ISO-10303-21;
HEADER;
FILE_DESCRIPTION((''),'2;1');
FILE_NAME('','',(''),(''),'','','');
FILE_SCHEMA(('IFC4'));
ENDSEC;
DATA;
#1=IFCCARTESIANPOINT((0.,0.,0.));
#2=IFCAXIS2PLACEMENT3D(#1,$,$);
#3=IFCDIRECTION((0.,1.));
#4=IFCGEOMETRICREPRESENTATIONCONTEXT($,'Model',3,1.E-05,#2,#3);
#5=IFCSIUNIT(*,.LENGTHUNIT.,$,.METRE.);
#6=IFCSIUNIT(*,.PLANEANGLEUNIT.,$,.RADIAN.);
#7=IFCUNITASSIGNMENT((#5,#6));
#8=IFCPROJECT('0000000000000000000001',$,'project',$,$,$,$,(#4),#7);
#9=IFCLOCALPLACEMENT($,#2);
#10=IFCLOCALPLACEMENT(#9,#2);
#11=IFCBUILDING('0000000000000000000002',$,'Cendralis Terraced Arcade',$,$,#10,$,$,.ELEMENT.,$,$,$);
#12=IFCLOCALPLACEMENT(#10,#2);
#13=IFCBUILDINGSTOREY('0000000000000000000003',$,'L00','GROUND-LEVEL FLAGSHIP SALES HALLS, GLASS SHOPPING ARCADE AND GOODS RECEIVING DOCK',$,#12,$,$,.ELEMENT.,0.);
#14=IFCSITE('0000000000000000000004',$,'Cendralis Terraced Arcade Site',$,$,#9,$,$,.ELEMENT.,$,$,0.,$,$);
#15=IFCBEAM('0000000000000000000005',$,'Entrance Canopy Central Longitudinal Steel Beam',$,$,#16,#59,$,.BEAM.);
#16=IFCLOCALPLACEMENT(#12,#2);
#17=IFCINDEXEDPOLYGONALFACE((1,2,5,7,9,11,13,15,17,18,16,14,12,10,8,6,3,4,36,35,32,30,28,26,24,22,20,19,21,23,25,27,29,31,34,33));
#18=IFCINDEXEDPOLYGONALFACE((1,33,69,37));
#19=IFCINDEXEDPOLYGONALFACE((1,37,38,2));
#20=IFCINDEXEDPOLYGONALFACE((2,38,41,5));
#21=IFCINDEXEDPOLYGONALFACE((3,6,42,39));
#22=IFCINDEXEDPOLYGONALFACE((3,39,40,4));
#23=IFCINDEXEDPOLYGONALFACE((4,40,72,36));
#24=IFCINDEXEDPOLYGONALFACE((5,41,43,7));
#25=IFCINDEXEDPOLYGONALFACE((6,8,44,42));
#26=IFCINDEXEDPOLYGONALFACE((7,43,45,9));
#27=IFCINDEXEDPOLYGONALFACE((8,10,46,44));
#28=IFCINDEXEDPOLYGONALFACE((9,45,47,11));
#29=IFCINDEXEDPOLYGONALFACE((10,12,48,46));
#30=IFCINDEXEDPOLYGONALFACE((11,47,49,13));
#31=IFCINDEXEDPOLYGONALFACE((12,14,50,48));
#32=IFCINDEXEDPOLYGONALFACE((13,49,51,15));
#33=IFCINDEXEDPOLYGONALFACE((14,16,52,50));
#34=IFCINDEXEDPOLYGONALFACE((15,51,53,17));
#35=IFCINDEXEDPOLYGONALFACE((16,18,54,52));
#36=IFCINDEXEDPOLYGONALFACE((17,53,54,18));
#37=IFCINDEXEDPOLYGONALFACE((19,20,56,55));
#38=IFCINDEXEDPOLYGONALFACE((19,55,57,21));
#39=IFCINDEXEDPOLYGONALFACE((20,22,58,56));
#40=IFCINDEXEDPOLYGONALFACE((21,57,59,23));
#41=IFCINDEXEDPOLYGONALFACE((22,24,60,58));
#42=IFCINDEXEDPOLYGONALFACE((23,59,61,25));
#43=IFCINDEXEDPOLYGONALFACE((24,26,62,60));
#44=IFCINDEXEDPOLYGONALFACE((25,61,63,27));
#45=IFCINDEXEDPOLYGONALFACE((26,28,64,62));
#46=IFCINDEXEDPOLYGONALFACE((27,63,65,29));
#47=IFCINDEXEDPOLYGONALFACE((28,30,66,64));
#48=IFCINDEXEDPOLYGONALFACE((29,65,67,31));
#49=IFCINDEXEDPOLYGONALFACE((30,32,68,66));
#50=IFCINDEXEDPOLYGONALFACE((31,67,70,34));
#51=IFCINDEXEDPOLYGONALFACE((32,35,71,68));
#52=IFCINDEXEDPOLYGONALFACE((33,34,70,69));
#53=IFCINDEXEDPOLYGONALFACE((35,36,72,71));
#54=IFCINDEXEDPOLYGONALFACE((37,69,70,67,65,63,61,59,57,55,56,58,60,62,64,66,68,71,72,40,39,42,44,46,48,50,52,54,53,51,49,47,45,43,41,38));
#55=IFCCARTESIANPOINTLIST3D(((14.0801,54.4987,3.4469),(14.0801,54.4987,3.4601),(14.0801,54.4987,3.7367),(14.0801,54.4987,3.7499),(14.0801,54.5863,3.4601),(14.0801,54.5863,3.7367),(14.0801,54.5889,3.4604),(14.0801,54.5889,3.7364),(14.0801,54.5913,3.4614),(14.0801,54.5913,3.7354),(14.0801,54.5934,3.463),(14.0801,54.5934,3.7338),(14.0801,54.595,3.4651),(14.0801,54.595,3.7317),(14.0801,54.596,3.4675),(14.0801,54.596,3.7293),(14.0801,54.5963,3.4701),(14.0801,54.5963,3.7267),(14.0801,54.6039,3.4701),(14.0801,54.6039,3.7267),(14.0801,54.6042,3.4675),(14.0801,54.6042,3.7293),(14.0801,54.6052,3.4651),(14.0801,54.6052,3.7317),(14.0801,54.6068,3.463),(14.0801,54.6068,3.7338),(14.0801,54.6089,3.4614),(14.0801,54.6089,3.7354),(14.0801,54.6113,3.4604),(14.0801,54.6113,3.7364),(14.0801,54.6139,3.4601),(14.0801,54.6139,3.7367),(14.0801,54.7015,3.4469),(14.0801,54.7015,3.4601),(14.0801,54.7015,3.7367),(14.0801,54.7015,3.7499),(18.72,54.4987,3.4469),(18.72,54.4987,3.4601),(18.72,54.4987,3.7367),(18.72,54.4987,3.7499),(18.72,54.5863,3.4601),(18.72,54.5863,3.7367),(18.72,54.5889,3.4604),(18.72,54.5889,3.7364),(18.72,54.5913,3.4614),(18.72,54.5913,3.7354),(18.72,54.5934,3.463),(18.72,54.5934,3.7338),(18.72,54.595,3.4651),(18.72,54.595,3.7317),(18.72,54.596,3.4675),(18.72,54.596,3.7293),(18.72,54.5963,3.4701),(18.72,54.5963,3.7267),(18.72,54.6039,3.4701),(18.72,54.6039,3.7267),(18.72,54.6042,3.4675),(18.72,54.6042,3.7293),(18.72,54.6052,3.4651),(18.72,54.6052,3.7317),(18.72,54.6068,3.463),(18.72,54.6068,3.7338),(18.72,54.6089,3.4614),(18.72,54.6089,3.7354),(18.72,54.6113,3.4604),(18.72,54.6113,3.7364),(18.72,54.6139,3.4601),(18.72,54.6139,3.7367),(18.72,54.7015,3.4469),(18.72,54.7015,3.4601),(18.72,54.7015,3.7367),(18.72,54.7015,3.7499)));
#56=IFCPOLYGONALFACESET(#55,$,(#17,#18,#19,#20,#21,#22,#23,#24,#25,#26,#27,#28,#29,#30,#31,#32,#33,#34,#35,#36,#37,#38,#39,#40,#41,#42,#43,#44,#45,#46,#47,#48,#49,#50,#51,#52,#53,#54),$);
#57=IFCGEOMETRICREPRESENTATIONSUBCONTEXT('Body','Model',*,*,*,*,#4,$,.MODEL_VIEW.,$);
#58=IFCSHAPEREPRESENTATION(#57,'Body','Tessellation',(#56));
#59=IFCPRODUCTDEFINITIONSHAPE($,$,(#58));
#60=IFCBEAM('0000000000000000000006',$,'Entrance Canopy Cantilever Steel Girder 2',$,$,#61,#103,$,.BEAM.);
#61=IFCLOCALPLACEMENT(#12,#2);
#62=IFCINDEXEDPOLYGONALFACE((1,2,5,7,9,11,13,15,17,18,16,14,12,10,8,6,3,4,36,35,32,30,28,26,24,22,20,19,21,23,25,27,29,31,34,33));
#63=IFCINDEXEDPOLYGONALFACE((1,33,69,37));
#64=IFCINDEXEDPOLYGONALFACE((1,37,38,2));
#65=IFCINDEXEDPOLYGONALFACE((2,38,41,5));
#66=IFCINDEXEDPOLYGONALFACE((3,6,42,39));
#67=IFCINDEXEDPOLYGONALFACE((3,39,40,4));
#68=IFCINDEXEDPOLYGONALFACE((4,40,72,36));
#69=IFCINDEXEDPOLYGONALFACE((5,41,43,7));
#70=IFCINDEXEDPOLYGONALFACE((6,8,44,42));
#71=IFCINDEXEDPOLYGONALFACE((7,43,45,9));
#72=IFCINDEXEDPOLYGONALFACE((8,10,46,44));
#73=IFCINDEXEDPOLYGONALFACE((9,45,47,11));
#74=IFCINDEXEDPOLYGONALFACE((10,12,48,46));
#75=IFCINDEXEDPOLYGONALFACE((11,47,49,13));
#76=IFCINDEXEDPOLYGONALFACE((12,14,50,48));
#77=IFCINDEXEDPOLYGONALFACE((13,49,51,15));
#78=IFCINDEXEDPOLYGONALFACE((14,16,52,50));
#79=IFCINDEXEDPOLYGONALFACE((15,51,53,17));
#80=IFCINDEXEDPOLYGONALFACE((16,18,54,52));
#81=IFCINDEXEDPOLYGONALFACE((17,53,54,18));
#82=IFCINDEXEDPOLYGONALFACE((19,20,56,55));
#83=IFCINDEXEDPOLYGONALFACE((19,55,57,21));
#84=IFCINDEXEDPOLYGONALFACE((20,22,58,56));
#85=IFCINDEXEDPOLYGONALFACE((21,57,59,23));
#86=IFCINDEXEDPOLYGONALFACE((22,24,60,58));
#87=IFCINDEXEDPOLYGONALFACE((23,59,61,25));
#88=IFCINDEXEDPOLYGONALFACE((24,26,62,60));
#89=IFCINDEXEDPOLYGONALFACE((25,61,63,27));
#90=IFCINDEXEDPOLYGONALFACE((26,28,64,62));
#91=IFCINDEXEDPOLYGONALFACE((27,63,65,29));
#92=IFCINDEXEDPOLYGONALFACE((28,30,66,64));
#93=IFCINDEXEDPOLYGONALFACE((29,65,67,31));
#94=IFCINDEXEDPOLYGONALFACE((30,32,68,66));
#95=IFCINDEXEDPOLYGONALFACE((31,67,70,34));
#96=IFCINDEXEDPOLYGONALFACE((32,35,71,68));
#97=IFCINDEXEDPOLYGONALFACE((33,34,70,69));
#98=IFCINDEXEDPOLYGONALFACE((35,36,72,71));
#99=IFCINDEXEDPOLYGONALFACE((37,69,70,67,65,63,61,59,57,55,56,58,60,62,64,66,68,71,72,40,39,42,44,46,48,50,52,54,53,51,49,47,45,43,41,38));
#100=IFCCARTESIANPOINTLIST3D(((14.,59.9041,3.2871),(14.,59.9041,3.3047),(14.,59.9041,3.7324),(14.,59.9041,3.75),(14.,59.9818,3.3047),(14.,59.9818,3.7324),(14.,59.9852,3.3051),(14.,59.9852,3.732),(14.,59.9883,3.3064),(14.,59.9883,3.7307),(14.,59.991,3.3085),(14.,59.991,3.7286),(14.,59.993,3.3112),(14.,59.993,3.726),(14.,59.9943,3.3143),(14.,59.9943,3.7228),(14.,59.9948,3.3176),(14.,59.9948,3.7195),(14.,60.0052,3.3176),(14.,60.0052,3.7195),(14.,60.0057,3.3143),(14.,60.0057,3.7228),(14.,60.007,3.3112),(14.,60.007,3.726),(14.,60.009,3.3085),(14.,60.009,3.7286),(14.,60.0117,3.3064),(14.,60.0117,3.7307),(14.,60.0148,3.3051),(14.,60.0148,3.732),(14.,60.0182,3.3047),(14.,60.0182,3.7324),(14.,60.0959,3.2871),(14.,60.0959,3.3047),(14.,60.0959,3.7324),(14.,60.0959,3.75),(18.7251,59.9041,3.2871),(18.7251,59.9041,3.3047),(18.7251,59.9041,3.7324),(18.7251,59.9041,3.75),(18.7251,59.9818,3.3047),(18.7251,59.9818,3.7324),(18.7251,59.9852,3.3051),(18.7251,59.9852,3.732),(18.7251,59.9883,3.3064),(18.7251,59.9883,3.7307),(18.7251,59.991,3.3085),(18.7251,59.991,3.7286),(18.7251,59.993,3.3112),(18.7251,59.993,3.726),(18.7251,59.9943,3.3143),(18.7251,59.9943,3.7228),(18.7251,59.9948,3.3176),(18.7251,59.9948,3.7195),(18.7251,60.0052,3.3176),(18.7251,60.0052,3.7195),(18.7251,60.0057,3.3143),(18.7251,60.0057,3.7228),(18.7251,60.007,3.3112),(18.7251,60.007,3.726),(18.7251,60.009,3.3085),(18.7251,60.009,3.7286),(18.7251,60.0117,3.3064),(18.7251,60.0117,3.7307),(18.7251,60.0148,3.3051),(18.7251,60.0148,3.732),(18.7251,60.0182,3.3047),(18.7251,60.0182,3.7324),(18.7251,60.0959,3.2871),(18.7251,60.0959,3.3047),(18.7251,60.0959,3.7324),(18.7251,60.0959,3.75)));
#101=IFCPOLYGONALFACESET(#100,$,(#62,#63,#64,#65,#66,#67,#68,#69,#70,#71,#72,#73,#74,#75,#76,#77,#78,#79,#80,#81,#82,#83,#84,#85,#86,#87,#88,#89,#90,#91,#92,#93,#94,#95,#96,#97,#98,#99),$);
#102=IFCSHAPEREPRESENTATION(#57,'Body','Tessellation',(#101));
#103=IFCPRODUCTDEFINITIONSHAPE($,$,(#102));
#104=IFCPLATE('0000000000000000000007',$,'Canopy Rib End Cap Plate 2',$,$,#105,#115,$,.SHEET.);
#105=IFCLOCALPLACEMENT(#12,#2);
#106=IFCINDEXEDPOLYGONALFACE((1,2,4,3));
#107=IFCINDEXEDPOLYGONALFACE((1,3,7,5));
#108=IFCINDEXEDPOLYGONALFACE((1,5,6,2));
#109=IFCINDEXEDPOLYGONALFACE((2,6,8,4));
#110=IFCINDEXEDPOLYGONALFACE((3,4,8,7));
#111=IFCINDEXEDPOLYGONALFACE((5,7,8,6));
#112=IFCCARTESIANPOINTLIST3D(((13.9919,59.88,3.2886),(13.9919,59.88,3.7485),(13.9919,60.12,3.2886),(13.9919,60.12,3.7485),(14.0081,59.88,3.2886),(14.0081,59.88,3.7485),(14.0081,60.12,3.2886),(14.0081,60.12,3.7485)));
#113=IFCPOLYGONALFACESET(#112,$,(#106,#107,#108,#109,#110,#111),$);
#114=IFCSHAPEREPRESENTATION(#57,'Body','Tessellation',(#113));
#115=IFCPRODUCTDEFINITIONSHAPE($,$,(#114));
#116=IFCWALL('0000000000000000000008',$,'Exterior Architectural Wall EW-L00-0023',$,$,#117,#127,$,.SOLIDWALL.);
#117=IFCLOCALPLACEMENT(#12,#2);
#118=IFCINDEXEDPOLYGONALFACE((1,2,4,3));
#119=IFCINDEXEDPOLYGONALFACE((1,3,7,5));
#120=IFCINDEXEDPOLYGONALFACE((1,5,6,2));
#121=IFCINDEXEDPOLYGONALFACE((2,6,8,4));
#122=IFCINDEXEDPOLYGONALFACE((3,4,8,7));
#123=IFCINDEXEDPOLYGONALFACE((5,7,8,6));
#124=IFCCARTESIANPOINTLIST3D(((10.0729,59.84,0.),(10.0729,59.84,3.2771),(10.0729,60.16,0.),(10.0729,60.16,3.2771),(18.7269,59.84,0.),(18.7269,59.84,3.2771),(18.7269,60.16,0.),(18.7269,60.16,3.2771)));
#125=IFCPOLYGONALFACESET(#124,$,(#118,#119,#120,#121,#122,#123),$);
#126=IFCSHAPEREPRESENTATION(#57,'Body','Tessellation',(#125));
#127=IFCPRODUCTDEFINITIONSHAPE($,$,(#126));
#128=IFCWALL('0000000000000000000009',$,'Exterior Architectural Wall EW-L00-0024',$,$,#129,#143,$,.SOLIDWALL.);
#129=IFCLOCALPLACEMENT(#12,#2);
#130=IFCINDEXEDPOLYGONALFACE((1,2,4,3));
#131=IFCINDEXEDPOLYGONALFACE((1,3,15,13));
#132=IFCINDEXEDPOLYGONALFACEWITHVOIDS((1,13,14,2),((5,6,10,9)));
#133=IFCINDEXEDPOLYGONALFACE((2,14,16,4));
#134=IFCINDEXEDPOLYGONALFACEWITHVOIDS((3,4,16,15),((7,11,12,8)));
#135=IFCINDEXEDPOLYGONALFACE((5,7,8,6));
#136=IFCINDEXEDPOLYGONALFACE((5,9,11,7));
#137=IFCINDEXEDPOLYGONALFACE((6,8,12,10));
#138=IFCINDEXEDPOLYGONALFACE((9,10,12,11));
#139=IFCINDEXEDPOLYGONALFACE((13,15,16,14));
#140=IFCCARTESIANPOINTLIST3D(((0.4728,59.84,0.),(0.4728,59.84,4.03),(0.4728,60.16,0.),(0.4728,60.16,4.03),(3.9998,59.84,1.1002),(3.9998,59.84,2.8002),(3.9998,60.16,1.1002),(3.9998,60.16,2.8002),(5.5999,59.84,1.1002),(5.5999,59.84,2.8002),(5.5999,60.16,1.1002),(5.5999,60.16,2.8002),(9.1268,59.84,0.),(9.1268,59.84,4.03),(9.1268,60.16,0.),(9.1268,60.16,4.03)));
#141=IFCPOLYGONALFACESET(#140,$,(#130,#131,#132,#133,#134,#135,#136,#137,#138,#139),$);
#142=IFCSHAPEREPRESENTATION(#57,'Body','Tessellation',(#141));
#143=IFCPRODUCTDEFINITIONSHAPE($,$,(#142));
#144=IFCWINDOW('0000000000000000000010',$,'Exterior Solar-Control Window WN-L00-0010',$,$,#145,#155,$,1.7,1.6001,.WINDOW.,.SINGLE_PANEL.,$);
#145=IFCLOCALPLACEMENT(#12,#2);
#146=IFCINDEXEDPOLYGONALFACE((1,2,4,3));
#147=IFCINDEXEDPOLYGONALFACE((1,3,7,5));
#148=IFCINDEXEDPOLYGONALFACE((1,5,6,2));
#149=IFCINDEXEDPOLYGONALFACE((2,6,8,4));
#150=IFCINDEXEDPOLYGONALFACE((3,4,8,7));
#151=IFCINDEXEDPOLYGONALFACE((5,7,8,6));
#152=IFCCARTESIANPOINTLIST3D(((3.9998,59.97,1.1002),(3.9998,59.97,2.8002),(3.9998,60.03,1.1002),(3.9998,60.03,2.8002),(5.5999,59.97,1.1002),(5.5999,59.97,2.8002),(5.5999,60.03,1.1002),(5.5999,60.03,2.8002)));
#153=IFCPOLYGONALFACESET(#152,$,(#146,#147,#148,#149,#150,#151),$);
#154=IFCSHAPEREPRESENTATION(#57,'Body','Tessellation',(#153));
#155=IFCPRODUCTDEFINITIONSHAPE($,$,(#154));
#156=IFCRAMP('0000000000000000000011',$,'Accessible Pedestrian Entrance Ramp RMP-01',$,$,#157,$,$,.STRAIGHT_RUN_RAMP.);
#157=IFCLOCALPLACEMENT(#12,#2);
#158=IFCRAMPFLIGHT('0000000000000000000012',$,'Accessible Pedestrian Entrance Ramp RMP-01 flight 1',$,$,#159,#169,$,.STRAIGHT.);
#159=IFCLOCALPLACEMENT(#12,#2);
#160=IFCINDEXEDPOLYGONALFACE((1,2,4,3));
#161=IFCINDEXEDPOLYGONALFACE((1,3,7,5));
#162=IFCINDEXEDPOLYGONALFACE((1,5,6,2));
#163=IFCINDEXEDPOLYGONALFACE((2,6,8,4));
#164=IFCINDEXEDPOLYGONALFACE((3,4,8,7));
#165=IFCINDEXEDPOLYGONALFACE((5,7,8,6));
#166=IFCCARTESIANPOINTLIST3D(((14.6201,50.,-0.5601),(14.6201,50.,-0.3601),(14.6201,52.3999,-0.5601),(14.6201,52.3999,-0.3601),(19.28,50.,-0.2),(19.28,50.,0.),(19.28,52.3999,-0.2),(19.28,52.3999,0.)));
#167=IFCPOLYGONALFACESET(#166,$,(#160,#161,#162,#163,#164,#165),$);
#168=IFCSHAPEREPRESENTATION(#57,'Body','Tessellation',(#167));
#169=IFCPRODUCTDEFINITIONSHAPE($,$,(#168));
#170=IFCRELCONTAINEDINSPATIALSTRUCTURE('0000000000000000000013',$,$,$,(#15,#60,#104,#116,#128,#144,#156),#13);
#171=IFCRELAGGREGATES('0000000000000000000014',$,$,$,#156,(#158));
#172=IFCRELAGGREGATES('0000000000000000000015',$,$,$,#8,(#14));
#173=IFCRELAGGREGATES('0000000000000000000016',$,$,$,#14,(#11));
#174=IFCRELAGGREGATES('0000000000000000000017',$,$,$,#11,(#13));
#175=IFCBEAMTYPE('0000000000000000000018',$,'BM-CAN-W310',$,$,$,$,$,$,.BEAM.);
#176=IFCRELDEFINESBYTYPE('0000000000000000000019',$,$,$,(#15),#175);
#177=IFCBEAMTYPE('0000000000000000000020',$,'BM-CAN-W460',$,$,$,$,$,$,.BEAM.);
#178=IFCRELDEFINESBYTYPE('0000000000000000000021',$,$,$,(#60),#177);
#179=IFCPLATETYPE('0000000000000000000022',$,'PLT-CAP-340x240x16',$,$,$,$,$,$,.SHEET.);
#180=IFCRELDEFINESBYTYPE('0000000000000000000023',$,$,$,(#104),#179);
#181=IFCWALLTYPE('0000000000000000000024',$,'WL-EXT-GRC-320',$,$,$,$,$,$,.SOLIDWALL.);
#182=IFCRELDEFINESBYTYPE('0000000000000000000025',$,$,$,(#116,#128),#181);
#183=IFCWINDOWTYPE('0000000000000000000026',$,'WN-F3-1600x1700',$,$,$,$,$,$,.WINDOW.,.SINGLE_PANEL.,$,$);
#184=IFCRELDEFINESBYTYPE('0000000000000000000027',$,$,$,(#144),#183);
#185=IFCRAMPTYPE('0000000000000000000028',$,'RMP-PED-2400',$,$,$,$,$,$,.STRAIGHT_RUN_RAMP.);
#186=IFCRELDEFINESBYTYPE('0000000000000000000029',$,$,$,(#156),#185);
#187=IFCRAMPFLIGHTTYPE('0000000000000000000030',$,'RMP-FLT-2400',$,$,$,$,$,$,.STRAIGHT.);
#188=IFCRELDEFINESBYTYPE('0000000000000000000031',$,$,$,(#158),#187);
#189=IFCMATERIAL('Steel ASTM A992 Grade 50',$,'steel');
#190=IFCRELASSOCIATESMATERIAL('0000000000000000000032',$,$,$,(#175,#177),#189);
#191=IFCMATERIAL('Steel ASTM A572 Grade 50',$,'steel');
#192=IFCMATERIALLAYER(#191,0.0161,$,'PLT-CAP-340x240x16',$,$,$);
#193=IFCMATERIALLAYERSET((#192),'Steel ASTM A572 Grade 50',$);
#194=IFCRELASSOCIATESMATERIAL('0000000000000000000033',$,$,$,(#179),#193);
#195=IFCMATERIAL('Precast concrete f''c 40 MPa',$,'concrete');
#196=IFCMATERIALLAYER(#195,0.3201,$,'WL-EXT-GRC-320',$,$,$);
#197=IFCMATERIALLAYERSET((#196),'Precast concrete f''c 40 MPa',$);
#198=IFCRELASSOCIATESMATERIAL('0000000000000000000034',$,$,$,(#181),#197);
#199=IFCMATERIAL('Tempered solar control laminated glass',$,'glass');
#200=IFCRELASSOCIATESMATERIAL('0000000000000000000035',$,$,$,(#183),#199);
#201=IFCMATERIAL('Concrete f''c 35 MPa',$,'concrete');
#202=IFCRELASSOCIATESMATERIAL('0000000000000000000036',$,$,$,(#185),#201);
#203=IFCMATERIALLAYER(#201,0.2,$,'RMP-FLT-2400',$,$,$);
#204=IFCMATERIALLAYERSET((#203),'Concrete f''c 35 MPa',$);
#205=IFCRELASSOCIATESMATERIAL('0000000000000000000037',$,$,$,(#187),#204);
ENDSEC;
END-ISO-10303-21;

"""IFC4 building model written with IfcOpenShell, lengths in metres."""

from ifc_helpers import new_model, si_unit, direction, frame, frame_2d, origin, origin_2d, place, context, subcontext, project, spatial, polyline, rectangle, i_section, outline, extrude, material, layer, layer_set, material_profile, profile_set, type_object, element, fill, aggregate, save


model = new_model("IFC4")

# Units and contexts
model_context = context("Model", 3, precision=1e-05, world=origin(), true_north=direction((0.0, 1.0)))
body_context = subcontext(model_context, "Body", "Model", "MODEL_VIEW")
ifc_project = project(units=[si_unit("LENGTHUNIT", "METRE"), si_unit("PLANEANGLEUNIT", "RADIAN")], contexts=[model_context])

# Site, building, storey
site_placement = place(None, origin())
site = spatial("IfcSite", under=ifc_project, at=site_placement, Name="Cendralis Terraced Arcade Site", CompositionType="ELEMENT", RefElevation=0.0)
building_placement = place(site_placement, origin())
building = spatial("IfcBuilding", under=site, at=building_placement, Name="Cendralis Terraced Arcade", CompositionType="ELEMENT")
storey_placement = place(building_placement, origin())
storey = spatial("IfcBuildingStorey", under=building, at=storey_placement, Name="L00", Description="GROUND-LEVEL FLAGSHIP SALES HALLS, GLASS SHOPPING ARCADE AND GOODS RECEIVING DOCK", CompositionType="ELEMENT", Elevation=0.0)

# Shared definitions
ifc_material_1 = material(Name="Concrete f'c 35 MPa", Category="concrete")

# Beams
ifc_material_2 = material(Name="Steel ASTM A992 Grade 50", Category="steel")
ifc_material_profile_1 = material_profile(ifc_material_2, i_section(OverallWidth=0.2029, OverallDepth=0.303, WebThickness=0.0076, FlangeThickness=0.0132, FilletRadius=0.01, at=origin_2d()), Name="W310X60", Category="LoadBearing")
ifc_profile_set_1 = profile_set([ifc_material_profile_1], Name="Steel ASTM A992 Grade 50")
beam_type_1 = type_object("IfcBeamType", Name="BM-CAN-W310", PredefinedType="BEAM", material=ifc_profile_set_1)
beam_1_placement = place(storey_placement, frame((14.0801, 54.6001, 3.5984), z_axis=(1.0, 0.0, 0.0), x_axis=(0.0, 1.0, 0.0)))
element("IfcBeam", 1, at=beam_1_placement, inside=storey, type_object=beam_type_1, Name="Entrance Canopy Central Longitudinal Steel Beam", PredefinedType="BEAM", context=body_context, shape_type="SweptSolid", body=[
    extrude(i_section(OverallWidth=0.2029, OverallDepth=0.303, WebThickness=0.0076, FlangeThickness=0.0132, FilletRadius=0.01, at=origin_2d()), origin(), (0.0, 0.0, 1.0), 4.6399),
])
ifc_material_profile_2 = material_profile(ifc_material_2, i_section(OverallWidth=0.1919, OverallDepth=0.4629, WebThickness=0.0105, FlangeThickness=0.0176, FilletRadius=0.0129, at=origin_2d()), Name="W460X89", Category="LoadBearing")
ifc_profile_set_2 = profile_set([ifc_material_profile_2], Name="Steel ASTM A992 Grade 50")
beam_type_2 = type_object("IfcBeamType", Name="BM-CAN-W460", PredefinedType="BEAM", material=ifc_profile_set_2)
beam_2_placement = place(storey_placement, frame((18.7251, 60.0, 3.5186), z_axis=(-1.0, 0.0, 0.0), x_axis=(0.0, -1.0, 0.0)))
element("IfcBeam", 2, at=beam_2_placement, inside=storey, type_object=beam_type_2, Name="Entrance Canopy Cantilever Steel Girder 2", PredefinedType="BEAM", context=body_context, shape_type="SweptSolid", body=[
    extrude(i_section(OverallWidth=0.1919, OverallDepth=0.4629, WebThickness=0.0105, FlangeThickness=0.0176, FilletRadius=0.0129, at=origin_2d()), origin(), (0.0, 0.0, 1.0), 4.7251),
])

# Plate
ifc_material_3 = material(Name="Steel ASTM A572 Grade 50", Category="steel")
ifc_layer_1 = layer(ifc_material_3, 0.0161, Name="PLT-CAP-340x240x16")
ifc_layer_set_1 = layer_set([ifc_layer_1], Name="Steel ASTM A572 Grade 50")
plate_type = type_object("IfcPlateType", Name="PLT-CAP-340x240x16", PredefinedType="SHEET", material=ifc_layer_set_1)
plate_placement = place(storey_placement, frame((14.0, 60.0, 3.2886), z_axis=(0.0, 0.0, 1.0), x_axis=(1.0, 0.0, 0.0)))
element("IfcPlate", 3, at=plate_placement, inside=storey, type_object=plate_type, Name="Canopy Rib End Cap Plate 2", PredefinedType="SHEET", context=body_context, shape_type="SweptSolid", body=[
    extrude(rectangle(XDim=0.0161, YDim=0.24, at=origin_2d()), origin(), (0.0, 0.0, 1.0), 0.46),
])

# Wall
ifc_material_4 = material(Name="Precast concrete f'c 40 MPa", Category="concrete")
ifc_layer_2 = layer(ifc_material_4, 0.3201, Name="WL-EXT-GRC-320")
ifc_layer_set_2 = layer_set([ifc_layer_2], Name="Precast concrete f'c 40 MPa")
wall_type = type_object("IfcWallType", Name="WL-EXT-GRC-320", PredefinedType="SOLIDWALL", material=ifc_layer_set_2)
wall_1_placement = place(storey_placement, frame((18.7271, 60.0, 0.0), z_axis=(0.0, 0.0, 1.0), x_axis=(-1.0, 0.0, 0.0)))
element("IfcWall", 4, at=wall_1_placement, inside=storey, type_object=wall_type, Name="Exterior Architectural Wall EW-L00-0023", PredefinedType="SOLIDWALL", context=body_context, shape_type="SweptSolid", body=[
    extrude(rectangle(XDim=8.6541, YDim=0.3201, at=frame_2d((4.3271, 0.0))), origin(), (0.0, 0.0, 1.0), 3.2771),
])

# Wall, opening, window
wall_2_placement = place(storey_placement, frame((9.127, 60.0, 0.0), z_axis=(0.0, 0.0, 1.0), x_axis=(-1.0, 0.0, 0.0)))
wall_2 = element("IfcWall", 5, at=wall_2_placement, inside=storey, type_object=wall_type, Name="Exterior Architectural Wall EW-L00-0024", PredefinedType="SOLIDWALL", context=body_context, shape_type="SweptSolid", body=[
    extrude(rectangle(XDim=8.6541, YDim=0.3201, at=frame_2d((4.3271, 0.0))), origin(), (0.0, 0.0, 1.0), 4.03),
])
opening_placement = place(wall_2_placement, frame((3.5271, 0.0, 1.1001)))
opening = element("IfcOpeningElement", 6, at=opening_placement, cuts=wall_2, PredefinedType="OPENING", context=body_context, shape_type="SweptSolid", body=[
    extrude(rectangle(XDim=1.6001, YDim=1.7, at=frame_2d((0.8, 0.8501))), frame((0.0, 0.1719, 0.0), z_axis=(0.0, -1.0, 0.0), x_axis=(1.0, 0.0, 0.0)), (0.0, 0.0, 1.0), 0.344),
])
ifc_material_5 = material(Name="Tempered solar control laminated glass", Category="glass")
window_type = type_object("IfcWindowType", Name="WN-F3-1600x1700", PartitioningType="SINGLE_PANEL", PredefinedType="WINDOW", material=ifc_material_5)
window_placement = place(opening_placement, origin())
window = element("IfcWindow", 7, at=window_placement, inside=storey, type_object=window_type, Name="Exterior Solar-Control Window WN-L00-0010", OverallHeight=1.7, OverallWidth=1.6001, PartitioningType="SINGLE_PANEL", PredefinedType="WINDOW", context=body_context, shape_type="SweptSolid", body=[
    extrude(rectangle(XDim=1.6001, YDim=1.7, at=frame_2d((0.8, 0.8501))), frame((0.0, 0.03, 0.0), z_axis=(0.0, -1.0, 0.0), x_axis=(1.0, 0.0, 0.0)), (0.0, 0.0, 1.0), 0.0601),
])
fill(opening, window)

# Ramp, ramp flight
ramp_type = type_object("IfcRampType", Name="RMP-PED-2400", PredefinedType="STRAIGHT_RUN_RAMP", material=ifc_material_1)
ramp_placement = place(storey_placement, origin())
ramp = element("IfcRamp", 8, at=ramp_placement, inside=storey, type_object=ramp_type, Name="Accessible Pedestrian Entrance Ramp RMP-01", PredefinedType="STRAIGHT_RUN_RAMP")
ifc_layer_3 = layer(ifc_material_1, 0.2, Name="RMP-FLT-2400")
ifc_layer_set_3 = layer_set([ifc_layer_3], Name="Concrete f'c 35 MPa")
ramp_flight_type = type_object("IfcRampFlightType", Name="RMP-FLT-2400", PredefinedType="STRAIGHT", material=ifc_layer_set_3)
ramp_flight_placement = place(storey_placement, frame((14.6201, 51.2, -0.3601), z_axis=(0.0, 0.0, 1.0), x_axis=(1.0, 0.0, 0.0)))
ramp_flight = element("IfcRampFlight", 9, at=ramp_flight_placement, type_object=ramp_flight_type, Name="Accessible Pedestrian Entrance Ramp RMP-01 flight 1", PredefinedType="STRAIGHT", context=body_context, shape_type="SweptSolid", body=[
    extrude(outline(polyline([(0.0, -0.2), (4.6599, 0.1602), (4.6599, 0.3601), (0.0, 0.0), (0.0, -0.2)])), frame((0.0, 1.2, 0.0), z_axis=(0.0, -1.0, 0.0), x_axis=(1.0, 0.0, 0.0)), (0.0, 0.0, 1.0), 2.3999),
])
aggregate(ramp, [ramp_flight])

save(model, "model.ifc")
